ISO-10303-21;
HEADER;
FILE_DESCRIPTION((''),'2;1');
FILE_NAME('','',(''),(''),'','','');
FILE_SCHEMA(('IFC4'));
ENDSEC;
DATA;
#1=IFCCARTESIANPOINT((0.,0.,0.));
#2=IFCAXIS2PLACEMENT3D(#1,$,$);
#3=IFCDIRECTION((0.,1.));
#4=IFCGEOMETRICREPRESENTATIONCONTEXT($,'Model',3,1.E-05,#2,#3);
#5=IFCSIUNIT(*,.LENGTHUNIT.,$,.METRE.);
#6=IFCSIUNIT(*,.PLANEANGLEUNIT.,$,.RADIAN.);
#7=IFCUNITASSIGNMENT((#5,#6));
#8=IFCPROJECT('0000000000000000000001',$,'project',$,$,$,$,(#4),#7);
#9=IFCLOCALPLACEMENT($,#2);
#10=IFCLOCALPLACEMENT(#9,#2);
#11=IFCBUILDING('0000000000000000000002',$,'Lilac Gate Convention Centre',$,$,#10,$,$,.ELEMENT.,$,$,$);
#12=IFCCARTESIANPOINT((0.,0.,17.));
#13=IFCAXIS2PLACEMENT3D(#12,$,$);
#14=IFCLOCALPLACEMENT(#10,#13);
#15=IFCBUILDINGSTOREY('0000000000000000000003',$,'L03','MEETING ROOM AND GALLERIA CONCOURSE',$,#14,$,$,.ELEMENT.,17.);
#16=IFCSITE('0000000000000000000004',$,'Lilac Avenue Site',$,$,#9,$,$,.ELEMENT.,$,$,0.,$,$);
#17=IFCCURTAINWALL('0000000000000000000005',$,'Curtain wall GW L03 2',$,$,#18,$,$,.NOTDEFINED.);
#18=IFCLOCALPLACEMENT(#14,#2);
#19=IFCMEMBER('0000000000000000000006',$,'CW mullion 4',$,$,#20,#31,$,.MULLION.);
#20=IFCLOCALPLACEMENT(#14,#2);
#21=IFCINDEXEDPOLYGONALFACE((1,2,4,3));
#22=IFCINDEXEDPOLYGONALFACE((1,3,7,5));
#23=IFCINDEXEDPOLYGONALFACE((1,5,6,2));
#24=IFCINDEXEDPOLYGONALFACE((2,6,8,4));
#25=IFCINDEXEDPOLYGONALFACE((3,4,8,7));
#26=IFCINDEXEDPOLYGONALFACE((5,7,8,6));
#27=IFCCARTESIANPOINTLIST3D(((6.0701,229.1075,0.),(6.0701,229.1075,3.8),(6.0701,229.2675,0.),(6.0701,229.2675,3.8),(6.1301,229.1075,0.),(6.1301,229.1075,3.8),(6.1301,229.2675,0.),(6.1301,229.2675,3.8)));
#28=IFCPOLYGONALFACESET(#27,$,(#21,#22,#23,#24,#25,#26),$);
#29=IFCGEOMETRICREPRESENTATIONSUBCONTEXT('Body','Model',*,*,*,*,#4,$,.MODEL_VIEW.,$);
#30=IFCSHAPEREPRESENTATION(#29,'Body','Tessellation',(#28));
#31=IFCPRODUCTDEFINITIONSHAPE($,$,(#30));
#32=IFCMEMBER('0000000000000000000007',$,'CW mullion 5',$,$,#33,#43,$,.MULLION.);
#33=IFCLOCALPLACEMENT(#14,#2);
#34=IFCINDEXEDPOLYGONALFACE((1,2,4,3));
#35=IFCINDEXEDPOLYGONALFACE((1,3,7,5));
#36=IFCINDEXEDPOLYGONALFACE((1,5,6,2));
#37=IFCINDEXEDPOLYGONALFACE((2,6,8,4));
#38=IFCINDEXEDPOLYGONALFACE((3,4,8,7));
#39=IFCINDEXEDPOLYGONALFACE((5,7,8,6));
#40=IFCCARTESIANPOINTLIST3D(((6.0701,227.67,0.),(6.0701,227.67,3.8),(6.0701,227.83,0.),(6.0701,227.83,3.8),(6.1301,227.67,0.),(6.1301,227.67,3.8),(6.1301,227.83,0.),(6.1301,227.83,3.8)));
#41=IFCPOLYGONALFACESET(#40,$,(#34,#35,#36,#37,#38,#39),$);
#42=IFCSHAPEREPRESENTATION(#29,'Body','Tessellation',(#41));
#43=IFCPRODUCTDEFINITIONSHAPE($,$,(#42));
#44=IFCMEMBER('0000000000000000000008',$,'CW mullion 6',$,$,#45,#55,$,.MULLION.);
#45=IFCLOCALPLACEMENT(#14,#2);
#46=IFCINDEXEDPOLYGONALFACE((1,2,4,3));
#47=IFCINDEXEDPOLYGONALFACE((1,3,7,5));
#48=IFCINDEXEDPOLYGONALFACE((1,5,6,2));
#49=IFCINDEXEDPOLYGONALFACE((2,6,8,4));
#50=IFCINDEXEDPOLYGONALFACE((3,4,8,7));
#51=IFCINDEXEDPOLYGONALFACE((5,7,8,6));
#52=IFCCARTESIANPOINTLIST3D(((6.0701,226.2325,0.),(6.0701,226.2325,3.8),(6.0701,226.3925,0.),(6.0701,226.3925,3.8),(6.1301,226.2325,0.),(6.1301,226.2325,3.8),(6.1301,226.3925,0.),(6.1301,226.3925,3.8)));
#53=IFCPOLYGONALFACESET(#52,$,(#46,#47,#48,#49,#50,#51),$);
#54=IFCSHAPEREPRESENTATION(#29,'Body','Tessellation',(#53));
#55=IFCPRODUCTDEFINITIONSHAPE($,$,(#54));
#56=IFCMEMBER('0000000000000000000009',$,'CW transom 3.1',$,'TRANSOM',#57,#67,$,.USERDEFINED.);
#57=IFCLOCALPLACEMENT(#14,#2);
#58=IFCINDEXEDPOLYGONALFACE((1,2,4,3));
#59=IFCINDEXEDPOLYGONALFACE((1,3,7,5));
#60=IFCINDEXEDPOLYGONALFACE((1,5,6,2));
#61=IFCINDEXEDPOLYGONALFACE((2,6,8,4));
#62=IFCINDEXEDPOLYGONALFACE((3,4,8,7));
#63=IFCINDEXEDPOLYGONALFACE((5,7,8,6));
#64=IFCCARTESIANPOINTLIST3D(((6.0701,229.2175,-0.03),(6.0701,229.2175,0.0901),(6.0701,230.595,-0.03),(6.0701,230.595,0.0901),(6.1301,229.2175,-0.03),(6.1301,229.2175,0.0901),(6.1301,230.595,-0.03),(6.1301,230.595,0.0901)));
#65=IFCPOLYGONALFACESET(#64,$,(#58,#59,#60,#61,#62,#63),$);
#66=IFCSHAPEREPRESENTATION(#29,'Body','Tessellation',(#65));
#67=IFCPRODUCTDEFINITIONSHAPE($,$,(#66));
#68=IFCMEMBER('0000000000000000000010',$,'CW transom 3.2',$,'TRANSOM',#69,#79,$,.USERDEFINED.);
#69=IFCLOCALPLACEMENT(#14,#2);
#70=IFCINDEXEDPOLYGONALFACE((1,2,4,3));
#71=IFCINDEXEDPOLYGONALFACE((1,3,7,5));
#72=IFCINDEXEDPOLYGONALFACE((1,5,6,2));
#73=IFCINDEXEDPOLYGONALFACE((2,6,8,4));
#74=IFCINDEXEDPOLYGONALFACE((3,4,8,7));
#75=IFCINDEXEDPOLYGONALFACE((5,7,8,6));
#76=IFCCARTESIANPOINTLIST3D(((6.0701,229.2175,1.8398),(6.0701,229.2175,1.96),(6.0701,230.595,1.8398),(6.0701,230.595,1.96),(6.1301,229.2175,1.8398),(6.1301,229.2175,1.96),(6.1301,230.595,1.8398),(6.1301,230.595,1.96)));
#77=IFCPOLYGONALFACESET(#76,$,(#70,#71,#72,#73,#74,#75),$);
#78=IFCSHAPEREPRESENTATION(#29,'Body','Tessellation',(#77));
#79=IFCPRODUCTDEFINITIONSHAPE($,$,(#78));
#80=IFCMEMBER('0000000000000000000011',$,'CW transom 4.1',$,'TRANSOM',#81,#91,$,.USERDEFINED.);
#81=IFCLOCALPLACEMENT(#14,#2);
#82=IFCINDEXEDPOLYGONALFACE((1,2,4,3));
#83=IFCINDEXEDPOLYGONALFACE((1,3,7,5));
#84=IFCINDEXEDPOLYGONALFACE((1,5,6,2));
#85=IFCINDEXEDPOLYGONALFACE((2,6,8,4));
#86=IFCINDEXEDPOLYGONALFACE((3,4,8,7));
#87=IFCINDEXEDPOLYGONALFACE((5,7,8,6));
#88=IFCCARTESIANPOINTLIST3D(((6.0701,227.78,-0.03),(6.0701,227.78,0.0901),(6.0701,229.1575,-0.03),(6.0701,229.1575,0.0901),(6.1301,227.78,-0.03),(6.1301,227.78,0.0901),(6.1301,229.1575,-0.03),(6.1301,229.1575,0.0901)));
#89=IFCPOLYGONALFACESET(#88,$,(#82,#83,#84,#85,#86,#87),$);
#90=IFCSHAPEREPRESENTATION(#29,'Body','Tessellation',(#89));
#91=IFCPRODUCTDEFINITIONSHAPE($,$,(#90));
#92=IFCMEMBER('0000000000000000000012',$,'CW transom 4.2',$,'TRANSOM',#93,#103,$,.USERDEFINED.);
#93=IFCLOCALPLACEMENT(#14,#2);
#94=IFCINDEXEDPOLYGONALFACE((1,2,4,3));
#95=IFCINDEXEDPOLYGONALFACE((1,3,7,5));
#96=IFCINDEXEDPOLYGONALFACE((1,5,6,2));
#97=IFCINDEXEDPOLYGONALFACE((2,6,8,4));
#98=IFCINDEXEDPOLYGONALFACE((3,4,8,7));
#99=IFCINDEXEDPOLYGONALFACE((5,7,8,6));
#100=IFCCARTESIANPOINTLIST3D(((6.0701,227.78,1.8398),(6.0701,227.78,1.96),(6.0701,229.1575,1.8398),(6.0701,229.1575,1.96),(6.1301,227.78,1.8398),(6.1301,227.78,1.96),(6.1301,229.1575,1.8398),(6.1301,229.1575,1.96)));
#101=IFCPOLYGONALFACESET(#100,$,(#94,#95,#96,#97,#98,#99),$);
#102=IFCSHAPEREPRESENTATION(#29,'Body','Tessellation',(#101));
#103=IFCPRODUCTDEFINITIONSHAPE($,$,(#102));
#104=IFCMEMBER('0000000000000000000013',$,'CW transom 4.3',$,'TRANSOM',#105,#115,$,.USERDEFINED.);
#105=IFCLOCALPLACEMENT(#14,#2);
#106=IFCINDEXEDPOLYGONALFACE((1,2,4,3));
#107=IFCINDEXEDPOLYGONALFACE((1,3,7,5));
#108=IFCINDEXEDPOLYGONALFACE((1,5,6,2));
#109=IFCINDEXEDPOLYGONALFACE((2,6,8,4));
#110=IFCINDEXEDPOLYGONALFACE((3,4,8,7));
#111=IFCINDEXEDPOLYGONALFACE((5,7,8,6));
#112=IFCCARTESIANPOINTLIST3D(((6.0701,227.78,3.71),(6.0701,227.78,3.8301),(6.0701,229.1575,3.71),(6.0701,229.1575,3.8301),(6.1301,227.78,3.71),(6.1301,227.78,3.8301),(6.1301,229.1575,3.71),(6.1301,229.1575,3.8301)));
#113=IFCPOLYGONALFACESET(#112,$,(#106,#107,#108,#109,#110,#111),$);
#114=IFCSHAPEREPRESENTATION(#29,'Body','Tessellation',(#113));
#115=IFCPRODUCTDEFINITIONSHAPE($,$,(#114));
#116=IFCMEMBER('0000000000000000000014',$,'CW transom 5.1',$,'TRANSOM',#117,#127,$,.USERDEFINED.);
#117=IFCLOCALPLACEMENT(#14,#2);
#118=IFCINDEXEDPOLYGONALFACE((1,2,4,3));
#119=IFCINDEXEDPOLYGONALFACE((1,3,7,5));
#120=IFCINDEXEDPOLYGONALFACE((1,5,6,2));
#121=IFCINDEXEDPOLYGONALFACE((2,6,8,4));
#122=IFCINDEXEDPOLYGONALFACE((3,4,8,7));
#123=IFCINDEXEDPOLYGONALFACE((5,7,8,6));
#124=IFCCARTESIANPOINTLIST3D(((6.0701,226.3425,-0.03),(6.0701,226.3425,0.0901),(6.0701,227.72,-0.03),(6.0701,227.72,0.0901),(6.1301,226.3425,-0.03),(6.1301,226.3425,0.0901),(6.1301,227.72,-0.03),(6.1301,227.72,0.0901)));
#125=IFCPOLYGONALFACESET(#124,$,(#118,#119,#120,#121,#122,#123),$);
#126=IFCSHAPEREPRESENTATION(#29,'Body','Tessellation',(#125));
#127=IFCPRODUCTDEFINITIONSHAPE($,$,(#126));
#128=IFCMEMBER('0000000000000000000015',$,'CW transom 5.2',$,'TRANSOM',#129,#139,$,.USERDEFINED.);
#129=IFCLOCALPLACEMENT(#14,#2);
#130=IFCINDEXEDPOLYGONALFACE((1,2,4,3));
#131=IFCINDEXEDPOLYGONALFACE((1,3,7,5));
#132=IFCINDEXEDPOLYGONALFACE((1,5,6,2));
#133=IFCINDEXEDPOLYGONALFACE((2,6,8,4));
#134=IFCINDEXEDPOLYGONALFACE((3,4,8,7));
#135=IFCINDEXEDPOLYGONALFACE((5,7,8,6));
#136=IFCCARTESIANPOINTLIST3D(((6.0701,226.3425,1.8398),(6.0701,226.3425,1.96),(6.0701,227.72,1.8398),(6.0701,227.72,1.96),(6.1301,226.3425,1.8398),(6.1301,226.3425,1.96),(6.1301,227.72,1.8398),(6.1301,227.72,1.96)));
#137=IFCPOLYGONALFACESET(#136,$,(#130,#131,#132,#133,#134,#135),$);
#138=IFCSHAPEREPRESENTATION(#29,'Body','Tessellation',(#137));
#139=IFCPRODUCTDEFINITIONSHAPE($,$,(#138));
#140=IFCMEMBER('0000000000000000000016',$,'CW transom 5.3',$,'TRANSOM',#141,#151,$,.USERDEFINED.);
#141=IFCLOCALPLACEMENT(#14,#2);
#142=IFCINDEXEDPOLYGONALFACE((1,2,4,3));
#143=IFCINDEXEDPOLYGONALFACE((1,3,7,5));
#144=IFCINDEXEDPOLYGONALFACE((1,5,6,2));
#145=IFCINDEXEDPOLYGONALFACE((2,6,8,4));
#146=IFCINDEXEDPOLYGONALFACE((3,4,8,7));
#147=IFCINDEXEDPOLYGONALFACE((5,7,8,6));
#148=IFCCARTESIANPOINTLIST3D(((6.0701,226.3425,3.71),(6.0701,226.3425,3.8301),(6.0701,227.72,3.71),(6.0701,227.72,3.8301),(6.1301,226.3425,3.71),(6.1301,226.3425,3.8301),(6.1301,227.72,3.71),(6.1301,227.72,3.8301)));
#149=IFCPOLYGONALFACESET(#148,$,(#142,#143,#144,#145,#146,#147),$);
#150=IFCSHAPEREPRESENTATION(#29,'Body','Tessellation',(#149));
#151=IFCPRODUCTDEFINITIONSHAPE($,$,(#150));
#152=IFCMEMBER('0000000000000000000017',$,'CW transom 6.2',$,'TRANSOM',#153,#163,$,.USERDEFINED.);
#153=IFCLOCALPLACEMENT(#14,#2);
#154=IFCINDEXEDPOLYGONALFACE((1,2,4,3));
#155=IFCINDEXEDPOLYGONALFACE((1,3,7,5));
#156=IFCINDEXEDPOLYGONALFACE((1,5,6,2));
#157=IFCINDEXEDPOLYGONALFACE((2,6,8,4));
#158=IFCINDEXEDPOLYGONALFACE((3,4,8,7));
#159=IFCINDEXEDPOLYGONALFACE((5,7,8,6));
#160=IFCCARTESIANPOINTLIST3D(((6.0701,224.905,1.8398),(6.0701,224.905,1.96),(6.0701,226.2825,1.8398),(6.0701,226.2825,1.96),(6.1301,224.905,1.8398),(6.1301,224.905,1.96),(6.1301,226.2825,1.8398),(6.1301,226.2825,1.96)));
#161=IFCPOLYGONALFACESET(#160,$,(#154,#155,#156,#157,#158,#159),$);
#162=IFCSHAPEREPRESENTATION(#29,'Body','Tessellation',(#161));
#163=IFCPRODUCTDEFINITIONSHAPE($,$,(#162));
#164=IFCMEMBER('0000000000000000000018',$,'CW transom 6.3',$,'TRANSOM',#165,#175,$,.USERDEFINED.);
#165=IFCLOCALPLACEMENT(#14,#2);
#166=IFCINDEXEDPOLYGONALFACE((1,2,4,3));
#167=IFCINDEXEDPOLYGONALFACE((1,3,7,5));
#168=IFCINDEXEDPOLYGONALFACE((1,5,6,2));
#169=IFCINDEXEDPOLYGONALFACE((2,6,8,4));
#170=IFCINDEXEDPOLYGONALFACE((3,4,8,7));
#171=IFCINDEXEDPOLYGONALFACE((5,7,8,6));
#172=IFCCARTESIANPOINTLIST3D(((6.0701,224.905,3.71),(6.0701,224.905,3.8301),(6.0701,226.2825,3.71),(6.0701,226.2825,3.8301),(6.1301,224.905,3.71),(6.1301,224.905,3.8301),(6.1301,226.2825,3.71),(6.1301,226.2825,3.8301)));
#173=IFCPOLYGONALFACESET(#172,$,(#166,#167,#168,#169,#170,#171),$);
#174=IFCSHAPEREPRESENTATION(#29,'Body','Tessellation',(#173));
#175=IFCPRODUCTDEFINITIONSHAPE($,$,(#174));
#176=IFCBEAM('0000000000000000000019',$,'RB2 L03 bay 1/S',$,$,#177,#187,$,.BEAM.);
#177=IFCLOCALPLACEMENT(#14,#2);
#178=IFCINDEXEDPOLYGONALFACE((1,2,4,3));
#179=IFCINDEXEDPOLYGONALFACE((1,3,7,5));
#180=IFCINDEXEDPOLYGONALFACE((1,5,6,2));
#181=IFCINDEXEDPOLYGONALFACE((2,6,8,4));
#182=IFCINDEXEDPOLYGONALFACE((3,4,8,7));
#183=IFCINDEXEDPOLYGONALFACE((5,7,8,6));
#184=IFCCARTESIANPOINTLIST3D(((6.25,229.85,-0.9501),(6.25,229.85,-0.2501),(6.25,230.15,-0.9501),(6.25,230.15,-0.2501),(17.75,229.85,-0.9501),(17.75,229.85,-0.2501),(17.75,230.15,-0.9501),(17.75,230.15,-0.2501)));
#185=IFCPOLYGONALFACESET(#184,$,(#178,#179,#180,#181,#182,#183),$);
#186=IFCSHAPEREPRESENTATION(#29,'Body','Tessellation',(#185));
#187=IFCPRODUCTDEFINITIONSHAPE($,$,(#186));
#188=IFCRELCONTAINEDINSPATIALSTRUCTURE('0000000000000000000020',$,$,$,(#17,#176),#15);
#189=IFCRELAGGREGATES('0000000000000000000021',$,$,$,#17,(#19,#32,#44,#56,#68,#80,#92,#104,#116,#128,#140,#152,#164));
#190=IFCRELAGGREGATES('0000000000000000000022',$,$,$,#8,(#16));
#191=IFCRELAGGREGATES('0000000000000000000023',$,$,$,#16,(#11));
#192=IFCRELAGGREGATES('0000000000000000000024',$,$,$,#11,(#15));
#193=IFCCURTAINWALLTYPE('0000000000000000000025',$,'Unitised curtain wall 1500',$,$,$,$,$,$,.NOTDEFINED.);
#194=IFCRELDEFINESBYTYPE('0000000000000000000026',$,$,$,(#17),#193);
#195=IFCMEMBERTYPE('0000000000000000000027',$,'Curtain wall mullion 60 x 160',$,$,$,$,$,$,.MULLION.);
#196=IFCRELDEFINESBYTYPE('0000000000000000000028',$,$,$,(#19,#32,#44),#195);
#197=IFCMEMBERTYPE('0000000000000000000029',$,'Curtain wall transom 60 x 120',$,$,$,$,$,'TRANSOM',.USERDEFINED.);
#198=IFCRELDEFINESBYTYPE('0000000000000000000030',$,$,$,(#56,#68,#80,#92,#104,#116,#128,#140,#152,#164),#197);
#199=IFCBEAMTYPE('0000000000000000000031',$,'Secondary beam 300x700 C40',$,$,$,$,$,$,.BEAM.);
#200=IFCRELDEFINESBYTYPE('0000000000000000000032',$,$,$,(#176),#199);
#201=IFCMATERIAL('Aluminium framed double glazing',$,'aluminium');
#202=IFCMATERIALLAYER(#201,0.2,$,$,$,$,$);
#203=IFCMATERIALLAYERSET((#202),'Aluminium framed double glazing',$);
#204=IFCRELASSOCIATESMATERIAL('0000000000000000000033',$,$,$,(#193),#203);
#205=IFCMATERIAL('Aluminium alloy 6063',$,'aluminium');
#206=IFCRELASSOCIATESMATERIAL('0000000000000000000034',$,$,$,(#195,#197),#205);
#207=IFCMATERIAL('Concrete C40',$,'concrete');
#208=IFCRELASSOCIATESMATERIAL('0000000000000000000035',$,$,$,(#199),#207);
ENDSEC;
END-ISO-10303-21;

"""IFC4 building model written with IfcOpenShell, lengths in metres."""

from ifc_helpers import new_model, si_unit, direction, frame, origin, origin_2d, place, context, subcontext, project, spatial, rectangle, extrude, material, layer, layer_set, material_profile, profile_set, type_object, element, aggregate, save


model = new_model("IFC4")

# Units and contexts
model_context = context("Model", 3, precision=1e-05, world=origin(), true_north=direction((0.0, 1.0)))
body_context = subcontext(model_context, "Body", "Model", "MODEL_VIEW")
ifc_project = project(units=[si_unit("LENGTHUNIT", "METRE"), si_unit("PLANEANGLEUNIT", "RADIAN")], contexts=[model_context])

# Site, building, storey
site_placement = place(None, origin())
site = spatial("IfcSite", under=ifc_project, at=site_placement, Name="Lilac Avenue Site", CompositionType="ELEMENT", RefElevation=0.0)
building_placement = place(site_placement, origin())
building = spatial("IfcBuilding", under=site, at=building_placement, Name="Lilac Gate Convention Centre", CompositionType="ELEMENT")
storey_placement = place(building_placement, frame((0.0, 0.0, 17.0)))
storey = spatial("IfcBuildingStorey", under=building, at=storey_placement, Name="L03", Description="MEETING ROOM AND GALLERIA CONCOURSE", CompositionType="ELEMENT", Elevation=17.0)

# Curtain wall, members
ifc_material_1 = material(Name="Aluminium framed double glazing", Category="aluminium")
ifc_layer_1 = layer(ifc_material_1, 0.2)
ifc_layer_set_1 = layer_set([ifc_layer_1], Name="Aluminium framed double glazing")
curtain_wall_type = type_object("IfcCurtainWallType", Name="Unitised curtain wall 1500", PredefinedType="NOTDEFINED", material=ifc_layer_set_1)
curtain_wall_placement = place(storey_placement, origin())
curtain_wall = element("IfcCurtainWall", 1, at=curtain_wall_placement, inside=storey, type_object=curtain_wall_type, Name="Curtain wall GW L03 2", PredefinedType="NOTDEFINED")
ifc_material_2 = material(Name="Aluminium alloy 6063", Category="aluminium")
ifc_material_profile_1 = material_profile(ifc_material_2, rectangle(XDim=0.0601, YDim=0.1599, at=origin_2d()), Name="Curtain wall mullion 60 x 160")
ifc_profile_set_1 = profile_set([ifc_material_profile_1], Name="Aluminium alloy 6063")
member_type_1 = type_object("IfcMemberType", Name="Curtain wall mullion 60 x 160", PredefinedType="MULLION", material=ifc_profile_set_1)
member_1_placement = place(storey_placement, frame((6.1001, 229.1875, 0.0), z_axis=(0.0, 0.0, 1.0), x_axis=(1.0, 0.0, 0.0)))
member_1 = element("IfcMember", 2, at=member_1_placement, type_object=member_type_1, Name="CW mullion 4", PredefinedType="MULLION", context=body_context, shape_type="SweptSolid", body=[
    extrude(rectangle(XDim=0.0601, YDim=0.1599, at=origin_2d()), origin(), (0.0, 0.0, 1.0), 3.8),
])
member_2_placement = place(storey_placement, frame((6.1001, 227.75, 0.0), z_axis=(0.0, 0.0, 1.0), x_axis=(1.0, 0.0, 0.0)))
member_2 = element("IfcMember", 3, at=member_2_placement, type_object=member_type_1, Name="CW mullion 5", PredefinedType="MULLION", context=body_context, shape_type="SweptSolid", body=[
    extrude(rectangle(XDim=0.0601, YDim=0.1599, at=origin_2d()), origin(), (0.0, 0.0, 1.0), 3.8),
])
member_3_placement = place(storey_placement, frame((6.1001, 226.3125, 0.0), z_axis=(0.0, 0.0, 1.0), x_axis=(1.0, 0.0, 0.0)))
member_3 = element("IfcMember", 4, at=member_3_placement, type_object=member_type_1, Name="CW mullion 6", PredefinedType="MULLION", context=body_context, shape_type="SweptSolid", body=[
    extrude(rectangle(XDim=0.0601, YDim=0.1599, at=origin_2d()), origin(), (0.0, 0.0, 1.0), 3.8),
])
ifc_material_profile_2 = material_profile(ifc_material_2, rectangle(XDim=0.0601, YDim=0.1201, at=origin_2d()), Name="Curtain wall transom 60 x 120")
ifc_profile_set_2 = profile_set([ifc_material_profile_2], Name="Aluminium alloy 6063")
member_type_2 = type_object("IfcMemberType", Name="Curtain wall transom 60 x 120", ElementType="TRANSOM", PredefinedType="USERDEFINED", material=ifc_profile_set_2)
member_4_placement = place(storey_placement, frame((6.1001, 230.595, 0.03), z_axis=(0.0, -1.0, 0.0), x_axis=(1.0, 0.0, 0.0)))
member_4 = element("IfcMember", 5, at=member_4_placement, type_object=member_type_2, Name="CW transom 3.1", ObjectType="TRANSOM", PredefinedType="USERDEFINED", context=body_context, shape_type="SweptSolid", body=[
    extrude(rectangle(XDim=0.0601, YDim=0.1201, at=origin_2d()), origin(), (0.0, 0.0, 1.0), 1.3774),
])
member_5_placement = place(storey_placement, frame((6.1001, 230.595, 1.8999), z_axis=(0.0, -1.0, 0.0), x_axis=(1.0, 0.0, 0.0)))
member_5 = element("IfcMember", 6, at=member_5_placement, type_object=member_type_2, Name="CW transom 3.2", ObjectType="TRANSOM", PredefinedType="USERDEFINED", context=body_context, shape_type="SweptSolid", body=[
    extrude(rectangle(XDim=0.0601, YDim=0.1201, at=origin_2d()), origin(), (0.0, 0.0, 1.0), 1.3774),
])
member_6_placement = place(storey_placement, frame((6.1001, 229.1575, 0.03), z_axis=(0.0, -1.0, 0.0), x_axis=(1.0, 0.0, 0.0)))
member_6 = element("IfcMember", 7, at=member_6_placement, type_object=member_type_2, Name="CW transom 4.1", ObjectType="TRANSOM", PredefinedType="USERDEFINED", context=body_context, shape_type="SweptSolid", body=[
    extrude(rectangle(XDim=0.0601, YDim=0.1201, at=origin_2d()), origin(), (0.0, 0.0, 1.0), 1.3774),
])
member_7_placement = place(storey_placement, frame((6.1001, 229.1575, 1.8999), z_axis=(0.0, -1.0, 0.0), x_axis=(1.0, 0.0, 0.0)))
member_7 = element("IfcMember", 8, at=member_7_placement, type_object=member_type_2, Name="CW transom 4.2", ObjectType="TRANSOM", PredefinedType="USERDEFINED", context=body_context, shape_type="SweptSolid", body=[
    extrude(rectangle(XDim=0.0601, YDim=0.1201, at=origin_2d()), origin(), (0.0, 0.0, 1.0), 1.3774),
])
member_8_placement = place(storey_placement, frame((6.1001, 229.1575, 3.77), z_axis=(0.0, -1.0, 0.0), x_axis=(1.0, 0.0, 0.0)))
member_8 = element("IfcMember", 9, at=member_8_placement, type_object=member_type_2, Name="CW transom 4.3", ObjectType="TRANSOM", PredefinedType="USERDEFINED", context=body_context, shape_type="SweptSolid", body=[
    extrude(rectangle(XDim=0.0601, YDim=0.1201, at=origin_2d()), origin(), (0.0, 0.0, 1.0), 1.3774),
])
member_9_placement = place(storey_placement, frame((6.1001, 227.72, 0.03), z_axis=(0.0, -1.0, 0.0), x_axis=(1.0, 0.0, 0.0)))
member_9 = element("IfcMember", 10, at=member_9_placement, type_object=member_type_2, Name="CW transom 5.1", ObjectType="TRANSOM", PredefinedType="USERDEFINED", context=body_context, shape_type="SweptSolid", body=[
    extrude(rectangle(XDim=0.0601, YDim=0.1201, at=origin_2d()), origin(), (0.0, 0.0, 1.0), 1.3774),
])
member_10_placement = place(storey_placement, frame((6.1001, 227.72, 1.8999), z_axis=(0.0, -1.0, 0.0), x_axis=(1.0, 0.0, 0.0)))
member_10 = element("IfcMember", 11, at=member_10_placement, type_object=member_type_2, Name="CW transom 5.2", ObjectType="TRANSOM", PredefinedType="USERDEFINED", context=body_context, shape_type="SweptSolid", body=[
    extrude(rectangle(XDim=0.0601, YDim=0.1201, at=origin_2d()), origin(), (0.0, 0.0, 1.0), 1.3774),
])
member_11_placement = place(storey_placement, frame((6.1001, 227.72, 3.77), z_axis=(0.0, -1.0, 0.0), x_axis=(1.0, 0.0, 0.0)))
member_11 = element("IfcMember", 12, at=member_11_placement, type_object=member_type_2, Name="CW transom 5.3", ObjectType="TRANSOM", PredefinedType="USERDEFINED", context=body_context, shape_type="SweptSolid", body=[
    extrude(rectangle(XDim=0.0601, YDim=0.1201, at=origin_2d()), origin(), (0.0, 0.0, 1.0), 1.3774),
])
member_12_placement = place(storey_placement, frame((6.1001, 226.2825, 1.8999), z_axis=(0.0, -1.0, 0.0), x_axis=(1.0, 0.0, 0.0)))
member_12 = element("IfcMember", 13, at=member_12_placement, type_object=member_type_2, Name="CW transom 6.2", ObjectType="TRANSOM", PredefinedType="USERDEFINED", context=body_context, shape_type="SweptSolid", body=[
    extrude(rectangle(XDim=0.0601, YDim=0.1201, at=origin_2d()), origin(), (0.0, 0.0, 1.0), 1.3774),
])
member_13_placement = place(storey_placement, frame((6.1001, 226.2825, 3.77), z_axis=(0.0, -1.0, 0.0), x_axis=(1.0, 0.0, 0.0)))
member_13 = element("IfcMember", 14, at=member_13_placement, type_object=member_type_2, Name="CW transom 6.3", ObjectType="TRANSOM", PredefinedType="USERDEFINED", context=body_context, shape_type="SweptSolid", body=[
    extrude(rectangle(XDim=0.0601, YDim=0.1201, at=origin_2d()), origin(), (0.0, 0.0, 1.0), 1.3774),
])

# Beam
ifc_material_3 = material(Name="Concrete C40", Category="concrete")
ifc_material_profile_3 = material_profile(ifc_material_3, rectangle(XDim=0.3, YDim=0.7, at=origin_2d()), Name="RC 300x700")
ifc_profile_set_3 = profile_set([ifc_material_profile_3], Name="Concrete C40")
beam_type = type_object("IfcBeamType", Name="Secondary beam 300x700 C40", PredefinedType="BEAM", material=ifc_profile_set_3)
beam_placement = place(storey_placement, frame((6.25, 230.0, -0.6001), z_axis=(1.0, 0.0, 0.0), x_axis=(0.0, 1.0, 0.0)))
element("IfcBeam", 15, at=beam_placement, inside=storey, type_object=beam_type, Name="RB2 L03 bay 1/S", PredefinedType="BEAM", context=body_context, shape_type="SweptSolid", body=[
    extrude(rectangle(XDim=0.3, YDim=0.7, at=origin_2d()), origin(), (0.0, 0.0, 1.0), 11.5),
])

aggregate(curtain_wall, [member_1, member_2, member_3, member_4, member_5, member_6, member_7, member_8, member_9, member_10, member_11, member_12, member_13])

save(model, "model.ifc")
